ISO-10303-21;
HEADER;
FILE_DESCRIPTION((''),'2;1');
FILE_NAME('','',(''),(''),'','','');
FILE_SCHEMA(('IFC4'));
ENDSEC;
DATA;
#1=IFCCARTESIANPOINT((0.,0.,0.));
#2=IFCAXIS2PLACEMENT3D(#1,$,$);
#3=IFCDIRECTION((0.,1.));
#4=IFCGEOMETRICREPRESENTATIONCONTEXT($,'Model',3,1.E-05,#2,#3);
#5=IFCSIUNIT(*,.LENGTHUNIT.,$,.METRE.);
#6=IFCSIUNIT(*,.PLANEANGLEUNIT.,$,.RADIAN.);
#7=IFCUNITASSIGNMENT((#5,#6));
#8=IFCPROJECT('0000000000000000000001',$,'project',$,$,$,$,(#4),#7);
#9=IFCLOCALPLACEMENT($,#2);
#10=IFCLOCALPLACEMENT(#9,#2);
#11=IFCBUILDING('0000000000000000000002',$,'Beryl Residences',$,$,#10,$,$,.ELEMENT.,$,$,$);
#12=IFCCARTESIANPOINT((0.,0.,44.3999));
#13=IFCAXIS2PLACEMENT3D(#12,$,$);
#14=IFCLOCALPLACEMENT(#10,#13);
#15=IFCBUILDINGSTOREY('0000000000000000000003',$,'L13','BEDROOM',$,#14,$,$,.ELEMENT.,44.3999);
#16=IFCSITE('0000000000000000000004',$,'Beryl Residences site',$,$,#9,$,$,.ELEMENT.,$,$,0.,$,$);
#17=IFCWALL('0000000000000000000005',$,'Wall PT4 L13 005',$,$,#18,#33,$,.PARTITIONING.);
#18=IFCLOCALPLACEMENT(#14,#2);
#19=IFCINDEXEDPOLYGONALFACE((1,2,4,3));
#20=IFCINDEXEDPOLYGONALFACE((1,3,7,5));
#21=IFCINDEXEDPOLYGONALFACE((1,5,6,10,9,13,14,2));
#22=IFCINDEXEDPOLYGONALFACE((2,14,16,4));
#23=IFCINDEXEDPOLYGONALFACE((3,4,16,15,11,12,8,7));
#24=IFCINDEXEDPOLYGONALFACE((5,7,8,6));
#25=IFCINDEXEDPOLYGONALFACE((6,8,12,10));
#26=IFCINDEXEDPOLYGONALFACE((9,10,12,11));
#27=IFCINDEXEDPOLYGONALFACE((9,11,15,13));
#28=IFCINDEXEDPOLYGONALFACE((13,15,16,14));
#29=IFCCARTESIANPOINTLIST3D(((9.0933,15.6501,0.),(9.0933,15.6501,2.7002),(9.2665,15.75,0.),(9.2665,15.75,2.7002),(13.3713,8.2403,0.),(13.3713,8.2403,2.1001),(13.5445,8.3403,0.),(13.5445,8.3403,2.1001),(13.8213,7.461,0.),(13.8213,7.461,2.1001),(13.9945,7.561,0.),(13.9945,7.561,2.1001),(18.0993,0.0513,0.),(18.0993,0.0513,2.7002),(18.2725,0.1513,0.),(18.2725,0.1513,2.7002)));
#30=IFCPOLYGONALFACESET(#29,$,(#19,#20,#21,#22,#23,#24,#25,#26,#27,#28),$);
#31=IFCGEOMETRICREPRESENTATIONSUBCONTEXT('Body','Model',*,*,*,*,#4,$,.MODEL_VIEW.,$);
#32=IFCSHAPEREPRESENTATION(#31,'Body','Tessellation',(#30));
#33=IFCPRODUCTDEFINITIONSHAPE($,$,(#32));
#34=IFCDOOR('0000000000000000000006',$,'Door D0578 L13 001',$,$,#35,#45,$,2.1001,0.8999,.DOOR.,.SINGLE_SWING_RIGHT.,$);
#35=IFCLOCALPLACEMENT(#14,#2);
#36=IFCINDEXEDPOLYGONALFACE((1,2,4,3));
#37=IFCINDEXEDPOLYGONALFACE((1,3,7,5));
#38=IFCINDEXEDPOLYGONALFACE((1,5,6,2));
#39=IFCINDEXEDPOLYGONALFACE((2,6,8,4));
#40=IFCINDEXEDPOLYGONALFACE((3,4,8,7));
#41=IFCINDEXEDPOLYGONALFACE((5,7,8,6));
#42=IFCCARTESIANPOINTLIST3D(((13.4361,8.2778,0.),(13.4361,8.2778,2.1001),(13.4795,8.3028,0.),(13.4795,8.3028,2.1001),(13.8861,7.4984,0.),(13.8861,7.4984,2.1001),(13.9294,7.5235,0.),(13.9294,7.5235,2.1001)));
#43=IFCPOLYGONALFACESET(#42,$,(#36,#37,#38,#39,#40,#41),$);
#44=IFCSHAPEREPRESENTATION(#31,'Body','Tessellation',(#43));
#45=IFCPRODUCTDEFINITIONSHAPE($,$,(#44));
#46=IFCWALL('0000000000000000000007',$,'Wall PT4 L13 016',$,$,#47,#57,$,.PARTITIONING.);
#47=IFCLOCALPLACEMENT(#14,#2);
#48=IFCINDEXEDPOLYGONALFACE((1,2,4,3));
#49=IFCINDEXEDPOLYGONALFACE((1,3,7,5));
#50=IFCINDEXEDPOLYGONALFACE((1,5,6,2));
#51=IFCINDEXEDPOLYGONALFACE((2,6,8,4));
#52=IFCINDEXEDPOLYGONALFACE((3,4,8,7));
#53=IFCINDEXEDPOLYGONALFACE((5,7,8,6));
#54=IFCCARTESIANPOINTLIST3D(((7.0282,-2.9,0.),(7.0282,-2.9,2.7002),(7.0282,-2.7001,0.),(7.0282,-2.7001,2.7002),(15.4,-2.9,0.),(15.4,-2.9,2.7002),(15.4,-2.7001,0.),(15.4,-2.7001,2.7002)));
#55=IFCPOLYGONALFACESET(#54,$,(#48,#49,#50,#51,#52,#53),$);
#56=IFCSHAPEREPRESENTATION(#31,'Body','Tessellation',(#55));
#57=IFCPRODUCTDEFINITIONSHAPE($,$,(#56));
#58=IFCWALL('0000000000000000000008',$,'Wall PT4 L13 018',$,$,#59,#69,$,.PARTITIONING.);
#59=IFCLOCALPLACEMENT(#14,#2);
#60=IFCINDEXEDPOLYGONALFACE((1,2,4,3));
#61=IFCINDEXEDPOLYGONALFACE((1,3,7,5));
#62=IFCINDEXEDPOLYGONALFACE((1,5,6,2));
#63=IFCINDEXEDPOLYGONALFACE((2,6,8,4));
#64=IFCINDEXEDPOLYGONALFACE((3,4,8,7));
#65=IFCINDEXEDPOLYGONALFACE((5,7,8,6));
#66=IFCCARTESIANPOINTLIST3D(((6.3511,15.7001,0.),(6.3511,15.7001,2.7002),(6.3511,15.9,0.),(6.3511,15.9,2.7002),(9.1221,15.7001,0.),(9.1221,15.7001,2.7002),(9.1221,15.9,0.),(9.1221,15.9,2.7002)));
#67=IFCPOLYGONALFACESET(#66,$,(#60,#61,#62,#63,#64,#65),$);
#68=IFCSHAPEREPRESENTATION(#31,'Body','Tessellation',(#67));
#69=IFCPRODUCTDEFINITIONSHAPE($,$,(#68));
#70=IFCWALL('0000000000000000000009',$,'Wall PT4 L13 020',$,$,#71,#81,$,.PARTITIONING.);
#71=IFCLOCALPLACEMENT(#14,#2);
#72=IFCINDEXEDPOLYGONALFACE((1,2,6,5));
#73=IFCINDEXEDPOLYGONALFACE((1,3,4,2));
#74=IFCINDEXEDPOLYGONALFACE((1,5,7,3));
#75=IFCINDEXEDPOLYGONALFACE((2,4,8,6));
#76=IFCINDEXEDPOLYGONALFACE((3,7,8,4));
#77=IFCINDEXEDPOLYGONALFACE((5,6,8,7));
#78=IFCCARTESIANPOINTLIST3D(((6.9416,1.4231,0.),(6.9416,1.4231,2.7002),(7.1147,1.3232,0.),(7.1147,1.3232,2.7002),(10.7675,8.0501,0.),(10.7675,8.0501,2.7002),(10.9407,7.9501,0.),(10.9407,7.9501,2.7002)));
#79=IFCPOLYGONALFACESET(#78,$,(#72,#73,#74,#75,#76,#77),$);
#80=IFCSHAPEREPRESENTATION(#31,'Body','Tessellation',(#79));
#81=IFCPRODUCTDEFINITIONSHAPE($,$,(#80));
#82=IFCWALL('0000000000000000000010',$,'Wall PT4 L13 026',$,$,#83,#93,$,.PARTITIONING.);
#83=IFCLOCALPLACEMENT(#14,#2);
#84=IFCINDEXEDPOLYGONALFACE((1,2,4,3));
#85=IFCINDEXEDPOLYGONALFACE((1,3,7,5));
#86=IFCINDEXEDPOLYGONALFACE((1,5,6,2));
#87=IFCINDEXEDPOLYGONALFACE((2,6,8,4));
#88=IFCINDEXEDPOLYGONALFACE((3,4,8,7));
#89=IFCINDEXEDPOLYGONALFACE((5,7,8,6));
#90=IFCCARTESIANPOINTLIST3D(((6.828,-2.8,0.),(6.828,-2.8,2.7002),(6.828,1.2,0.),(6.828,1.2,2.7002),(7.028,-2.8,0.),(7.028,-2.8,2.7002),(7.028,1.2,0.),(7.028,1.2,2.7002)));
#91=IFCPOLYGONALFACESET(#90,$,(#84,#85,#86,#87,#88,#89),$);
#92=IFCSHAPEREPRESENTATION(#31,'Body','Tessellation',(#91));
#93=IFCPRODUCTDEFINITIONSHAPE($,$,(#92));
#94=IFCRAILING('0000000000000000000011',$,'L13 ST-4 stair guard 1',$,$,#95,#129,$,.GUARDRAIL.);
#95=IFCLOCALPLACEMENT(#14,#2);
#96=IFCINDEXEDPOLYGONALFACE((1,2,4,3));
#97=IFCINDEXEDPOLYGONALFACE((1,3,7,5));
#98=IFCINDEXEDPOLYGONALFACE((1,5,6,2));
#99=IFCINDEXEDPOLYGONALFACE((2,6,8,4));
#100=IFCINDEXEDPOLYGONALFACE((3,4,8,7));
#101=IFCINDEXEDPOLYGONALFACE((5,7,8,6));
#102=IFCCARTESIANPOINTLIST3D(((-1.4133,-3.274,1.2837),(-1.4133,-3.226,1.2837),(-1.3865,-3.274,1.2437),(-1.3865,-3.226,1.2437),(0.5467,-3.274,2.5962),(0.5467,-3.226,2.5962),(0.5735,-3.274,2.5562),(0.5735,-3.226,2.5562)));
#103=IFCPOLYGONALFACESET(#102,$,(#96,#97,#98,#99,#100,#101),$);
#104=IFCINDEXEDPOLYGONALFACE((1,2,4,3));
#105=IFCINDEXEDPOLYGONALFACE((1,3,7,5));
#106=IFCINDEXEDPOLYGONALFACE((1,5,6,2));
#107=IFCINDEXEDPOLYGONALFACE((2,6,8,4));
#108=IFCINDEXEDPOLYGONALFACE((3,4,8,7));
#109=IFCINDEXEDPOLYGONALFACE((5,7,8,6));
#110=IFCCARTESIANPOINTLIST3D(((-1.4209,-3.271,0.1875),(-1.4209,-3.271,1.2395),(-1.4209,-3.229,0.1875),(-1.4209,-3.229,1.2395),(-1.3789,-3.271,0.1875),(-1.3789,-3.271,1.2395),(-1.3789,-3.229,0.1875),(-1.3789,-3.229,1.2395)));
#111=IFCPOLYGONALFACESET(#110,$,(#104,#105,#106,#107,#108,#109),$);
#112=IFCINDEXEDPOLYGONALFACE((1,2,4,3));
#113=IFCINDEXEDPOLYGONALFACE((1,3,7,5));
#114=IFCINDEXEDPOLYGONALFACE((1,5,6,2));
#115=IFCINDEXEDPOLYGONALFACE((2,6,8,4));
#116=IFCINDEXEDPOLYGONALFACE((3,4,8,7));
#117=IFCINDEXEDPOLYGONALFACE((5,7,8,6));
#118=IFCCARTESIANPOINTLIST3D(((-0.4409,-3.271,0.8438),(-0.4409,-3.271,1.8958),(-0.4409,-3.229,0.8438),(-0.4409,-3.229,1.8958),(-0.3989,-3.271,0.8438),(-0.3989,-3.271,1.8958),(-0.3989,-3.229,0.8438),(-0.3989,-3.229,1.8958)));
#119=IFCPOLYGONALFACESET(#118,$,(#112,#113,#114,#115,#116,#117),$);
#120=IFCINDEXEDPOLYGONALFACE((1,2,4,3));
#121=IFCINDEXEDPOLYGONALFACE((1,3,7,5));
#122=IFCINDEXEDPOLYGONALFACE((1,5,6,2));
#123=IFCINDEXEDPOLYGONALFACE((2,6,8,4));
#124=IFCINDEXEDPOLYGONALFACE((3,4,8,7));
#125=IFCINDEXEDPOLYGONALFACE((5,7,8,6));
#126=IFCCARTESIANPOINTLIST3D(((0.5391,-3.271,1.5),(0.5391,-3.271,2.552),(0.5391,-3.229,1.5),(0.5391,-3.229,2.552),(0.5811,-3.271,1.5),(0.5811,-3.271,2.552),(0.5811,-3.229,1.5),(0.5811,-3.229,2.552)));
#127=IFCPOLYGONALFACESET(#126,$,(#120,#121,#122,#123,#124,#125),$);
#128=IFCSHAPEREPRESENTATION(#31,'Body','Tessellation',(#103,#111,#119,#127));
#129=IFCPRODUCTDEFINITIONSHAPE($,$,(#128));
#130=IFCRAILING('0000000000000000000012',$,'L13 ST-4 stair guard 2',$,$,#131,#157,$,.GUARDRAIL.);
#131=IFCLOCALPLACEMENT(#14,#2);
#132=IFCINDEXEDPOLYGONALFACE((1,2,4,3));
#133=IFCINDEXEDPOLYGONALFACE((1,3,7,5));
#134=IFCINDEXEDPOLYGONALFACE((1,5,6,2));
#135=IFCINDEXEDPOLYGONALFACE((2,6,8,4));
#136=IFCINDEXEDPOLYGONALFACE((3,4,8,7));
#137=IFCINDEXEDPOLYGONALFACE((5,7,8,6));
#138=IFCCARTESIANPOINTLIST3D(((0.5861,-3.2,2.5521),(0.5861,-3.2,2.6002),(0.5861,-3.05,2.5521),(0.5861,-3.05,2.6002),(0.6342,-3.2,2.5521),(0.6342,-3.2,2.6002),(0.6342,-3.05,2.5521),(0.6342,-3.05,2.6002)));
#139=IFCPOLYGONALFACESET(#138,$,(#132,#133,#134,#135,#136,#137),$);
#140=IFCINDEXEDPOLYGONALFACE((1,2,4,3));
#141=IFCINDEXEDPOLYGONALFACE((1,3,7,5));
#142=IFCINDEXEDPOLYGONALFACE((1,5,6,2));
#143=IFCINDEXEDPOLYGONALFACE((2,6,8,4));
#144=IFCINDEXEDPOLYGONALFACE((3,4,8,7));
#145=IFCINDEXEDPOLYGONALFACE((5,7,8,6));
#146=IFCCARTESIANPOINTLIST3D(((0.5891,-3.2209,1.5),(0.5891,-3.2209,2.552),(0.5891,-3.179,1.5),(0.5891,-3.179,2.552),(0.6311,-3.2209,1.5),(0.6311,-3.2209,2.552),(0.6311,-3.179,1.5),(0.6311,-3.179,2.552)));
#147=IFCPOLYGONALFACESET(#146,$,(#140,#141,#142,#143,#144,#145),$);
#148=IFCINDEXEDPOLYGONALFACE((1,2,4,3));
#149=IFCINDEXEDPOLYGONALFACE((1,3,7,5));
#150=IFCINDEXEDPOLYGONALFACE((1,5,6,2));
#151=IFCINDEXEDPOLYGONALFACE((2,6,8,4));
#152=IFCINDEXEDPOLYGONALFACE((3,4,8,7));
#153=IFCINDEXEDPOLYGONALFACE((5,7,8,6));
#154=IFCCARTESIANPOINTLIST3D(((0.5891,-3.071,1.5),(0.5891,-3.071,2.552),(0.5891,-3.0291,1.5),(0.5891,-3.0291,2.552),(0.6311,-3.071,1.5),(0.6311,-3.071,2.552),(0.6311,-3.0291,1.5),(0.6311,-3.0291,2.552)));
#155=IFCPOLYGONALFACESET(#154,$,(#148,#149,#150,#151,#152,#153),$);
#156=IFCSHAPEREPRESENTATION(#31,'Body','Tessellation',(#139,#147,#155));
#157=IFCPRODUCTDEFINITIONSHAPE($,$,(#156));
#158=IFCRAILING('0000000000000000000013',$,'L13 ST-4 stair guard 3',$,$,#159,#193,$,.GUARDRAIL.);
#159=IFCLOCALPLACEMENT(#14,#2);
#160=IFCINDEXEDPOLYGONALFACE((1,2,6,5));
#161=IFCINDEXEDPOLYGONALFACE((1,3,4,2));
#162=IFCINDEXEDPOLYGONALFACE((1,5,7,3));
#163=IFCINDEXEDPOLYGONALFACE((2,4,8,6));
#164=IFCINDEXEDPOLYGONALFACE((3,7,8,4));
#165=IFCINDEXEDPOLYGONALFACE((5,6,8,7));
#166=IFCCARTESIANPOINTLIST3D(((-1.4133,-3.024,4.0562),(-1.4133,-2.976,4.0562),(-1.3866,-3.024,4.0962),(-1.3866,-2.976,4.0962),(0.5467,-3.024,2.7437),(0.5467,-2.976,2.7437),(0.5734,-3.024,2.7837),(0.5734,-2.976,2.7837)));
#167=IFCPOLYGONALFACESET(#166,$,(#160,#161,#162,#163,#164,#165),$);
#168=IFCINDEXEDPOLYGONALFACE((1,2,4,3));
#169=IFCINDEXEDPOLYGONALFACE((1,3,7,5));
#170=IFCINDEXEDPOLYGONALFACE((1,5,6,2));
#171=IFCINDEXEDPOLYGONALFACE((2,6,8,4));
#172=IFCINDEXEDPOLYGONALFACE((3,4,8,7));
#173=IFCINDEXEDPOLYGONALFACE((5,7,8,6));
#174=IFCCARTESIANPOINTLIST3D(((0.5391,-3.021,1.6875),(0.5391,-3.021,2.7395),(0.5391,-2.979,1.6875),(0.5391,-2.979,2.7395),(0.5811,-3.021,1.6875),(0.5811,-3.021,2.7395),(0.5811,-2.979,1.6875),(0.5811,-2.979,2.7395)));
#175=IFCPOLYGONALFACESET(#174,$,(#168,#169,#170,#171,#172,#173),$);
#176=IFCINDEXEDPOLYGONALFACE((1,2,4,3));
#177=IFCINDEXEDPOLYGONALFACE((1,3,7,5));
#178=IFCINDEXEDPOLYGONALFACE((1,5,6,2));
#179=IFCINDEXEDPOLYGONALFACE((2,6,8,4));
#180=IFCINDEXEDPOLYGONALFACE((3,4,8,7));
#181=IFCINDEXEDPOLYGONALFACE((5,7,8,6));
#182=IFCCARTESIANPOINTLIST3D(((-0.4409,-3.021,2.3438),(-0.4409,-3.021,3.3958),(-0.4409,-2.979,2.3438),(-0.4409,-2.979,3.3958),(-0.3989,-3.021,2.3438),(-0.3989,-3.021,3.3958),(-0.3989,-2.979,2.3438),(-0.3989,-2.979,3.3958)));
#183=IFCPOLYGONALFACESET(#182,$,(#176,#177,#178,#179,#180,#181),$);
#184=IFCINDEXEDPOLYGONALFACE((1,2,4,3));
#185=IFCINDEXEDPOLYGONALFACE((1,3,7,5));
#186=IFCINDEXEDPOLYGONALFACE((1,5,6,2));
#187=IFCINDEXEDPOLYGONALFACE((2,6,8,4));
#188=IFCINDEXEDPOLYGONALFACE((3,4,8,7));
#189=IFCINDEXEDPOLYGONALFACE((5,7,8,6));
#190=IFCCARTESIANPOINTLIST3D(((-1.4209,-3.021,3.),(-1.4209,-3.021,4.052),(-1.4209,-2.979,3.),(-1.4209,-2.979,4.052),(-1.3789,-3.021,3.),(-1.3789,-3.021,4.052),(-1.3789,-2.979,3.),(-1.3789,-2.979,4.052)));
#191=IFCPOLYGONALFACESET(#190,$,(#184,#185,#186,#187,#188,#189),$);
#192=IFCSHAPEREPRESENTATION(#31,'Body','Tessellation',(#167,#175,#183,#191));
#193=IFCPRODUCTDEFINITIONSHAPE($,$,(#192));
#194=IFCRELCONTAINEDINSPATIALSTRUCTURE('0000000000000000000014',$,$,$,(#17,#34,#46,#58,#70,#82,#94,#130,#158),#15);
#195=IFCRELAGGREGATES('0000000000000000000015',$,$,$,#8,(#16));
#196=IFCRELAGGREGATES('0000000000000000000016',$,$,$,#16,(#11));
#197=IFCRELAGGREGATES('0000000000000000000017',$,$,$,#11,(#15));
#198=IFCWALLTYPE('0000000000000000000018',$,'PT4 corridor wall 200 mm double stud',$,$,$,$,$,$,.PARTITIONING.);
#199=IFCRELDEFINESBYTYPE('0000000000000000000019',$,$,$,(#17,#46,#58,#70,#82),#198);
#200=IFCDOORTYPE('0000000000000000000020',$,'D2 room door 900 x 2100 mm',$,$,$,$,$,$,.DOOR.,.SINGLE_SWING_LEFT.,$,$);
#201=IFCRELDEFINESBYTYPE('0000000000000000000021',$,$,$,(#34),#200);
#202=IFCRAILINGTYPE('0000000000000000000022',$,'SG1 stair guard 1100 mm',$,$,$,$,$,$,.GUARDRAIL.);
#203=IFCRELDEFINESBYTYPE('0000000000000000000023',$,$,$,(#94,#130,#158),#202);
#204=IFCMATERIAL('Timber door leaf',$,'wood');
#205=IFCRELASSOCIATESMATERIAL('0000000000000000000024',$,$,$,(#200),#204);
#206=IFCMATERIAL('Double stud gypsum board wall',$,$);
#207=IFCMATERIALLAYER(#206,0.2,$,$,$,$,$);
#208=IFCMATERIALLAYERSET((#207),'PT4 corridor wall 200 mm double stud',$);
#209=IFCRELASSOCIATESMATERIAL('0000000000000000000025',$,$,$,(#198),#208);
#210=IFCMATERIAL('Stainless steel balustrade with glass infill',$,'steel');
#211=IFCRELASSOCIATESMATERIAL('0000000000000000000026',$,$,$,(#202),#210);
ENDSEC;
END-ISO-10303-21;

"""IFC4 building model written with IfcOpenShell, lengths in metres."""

from ifc_helpers import new_model, si_unit, direction, frame, frame_2d, origin, origin_2d, place, context, subcontext, project, spatial, rectangle, extrude, material, layer, layer_set, type_object, element, fill, save


model = new_model("IFC4")

# Units and contexts
model_context = context("Model", 3, precision=1e-05, world=origin(), true_north=direction((0.0, 1.0)))
body_context = subcontext(model_context, "Body", "Model", "MODEL_VIEW")
ifc_project = project(units=[si_unit("LENGTHUNIT", "METRE"), si_unit("PLANEANGLEUNIT", "RADIAN")], contexts=[model_context])

# Site, building, storey
site_placement = place(None, origin())
site = spatial("IfcSite", under=ifc_project, at=site_placement, Name="Beryl Residences site", CompositionType="ELEMENT", RefElevation=0.0)
building_placement = place(site_placement, origin())
building = spatial("IfcBuilding", under=site, at=building_placement, Name="Beryl Residences", CompositionType="ELEMENT")
storey_placement = place(building_placement, frame((0.0, 0.0, 44.3999)))
storey = spatial("IfcBuildingStorey", under=building, at=storey_placement, Name="L13", Description="BEDROOM", CompositionType="ELEMENT", Elevation=44.3999)

# Shared definitions
ifc_material_1 = material(Name="Timber door leaf", Category="wood")
door_type_1 = type_object("IfcDoorType", Name="D2 room door 900 x 2100 mm", OperationType="SINGLE_SWING_LEFT", PredefinedType="DOOR", material=ifc_material_1)

# Shared definitions
ifc_material_2 = material(Name="Double stud gypsum board wall")
ifc_layer_1 = layer(ifc_material_2, 0.2)
ifc_layer_set_1 = layer_set([ifc_layer_1], Name="PT4 corridor wall 200 mm double stud")
wall_type_1 = type_object("IfcWallType", Name="PT4 corridor wall 200 mm double stud", PredefinedType="PARTITIONING", material=ifc_layer_set_1)

# Wall, opening, door
wall_1_placement = place(storey_placement, frame((9.1799, 15.7, 0.0), z_axis=(0.0, 0.0, 1.0), x_axis=(0.500004, -0.866023, 0.0)))
wall_1 = element("IfcWall", 1, at=wall_1_placement, inside=storey, type_object=wall_type_1, Name="Wall PT4 L13 005", PredefinedType="PARTITIONING", context=body_context, shape_type="SweptSolid", body=[
    extrude(rectangle(XDim=18.012, YDim=0.2, at=frame_2d((9.0059, 0.0))), origin(), (0.0, 0.0, 1.0), 2.7002),
])
opening_1_placement = place(wall_1_placement, frame((8.5559, 0.0, 0.0)))
opening_1 = element("IfcOpeningElement", 2, at=opening_1_placement, cuts=wall_1, PredefinedType="OPENING", context=body_context, shape_type="SweptSolid", body=[
    extrude(rectangle(XDim=0.8999, YDim=2.1001, at=frame_2d((0.45, 1.05))), frame((0.0, 0.1099, 0.0), z_axis=(0.0, -1.0, 0.0), x_axis=(1.0, 0.0, 0.0)), (0.0, 0.0, 1.0), 0.22),
])
door_1_placement = place(opening_1_placement, origin())
door_1 = element("IfcDoor", 3, at=door_1_placement, inside=storey, type_object=door_type_1, Name="Door D0578 L13 001", OperationType="SINGLE_SWING_RIGHT", OverallHeight=2.1001, OverallWidth=0.8999, PredefinedType="DOOR", context=body_context, shape_type="SweptSolid", body=[
    extrude(rectangle(XDim=0.8999, YDim=2.1001, at=frame_2d((0.45, 1.05))), frame((0.0, 0.0249, 0.0), z_axis=(0.0, -1.0, 0.0), x_axis=(1.0, 0.0, 0.0)), (0.0, 0.0, 1.0), 0.05),
])
fill(opening_1, door_1)

# Walls
wall_2_placement = place(storey_placement, frame((7.0281, -2.8, 0.0), z_axis=(0.0, 0.0, 1.0), x_axis=(1.0, 0.0, 0.0)))
element("IfcWall", 4, at=wall_2_placement, inside=storey, type_object=wall_type_1, Name="Wall PT4 L13 016", PredefinedType="PARTITIONING", context=body_context, shape_type="SweptSolid", body=[
    extrude(rectangle(XDim=8.3718, YDim=0.2, at=frame_2d((4.186, 0.0))), origin(), (0.0, 0.0, 1.0), 2.7002),
])
wall_3_placement = place(storey_placement, frame((6.3511, 15.8, 0.0), z_axis=(0.0, 0.0, 1.0), x_axis=(1.0, 0.0, 0.0)))
element("IfcWall", 5, at=wall_3_placement, inside=storey, type_object=wall_type_1, Name="Wall PT4 L13 018", PredefinedType="PARTITIONING", context=body_context, shape_type="SweptSolid", body=[
    extrude(rectangle(XDim=2.771, YDim=0.2, at=frame_2d((1.3855, 0.0))), origin(), (0.0, 0.0, 1.0), 2.7002),
])
wall_4_placement = place(storey_placement, frame((7.0281, 1.373, 0.0), z_axis=(0.0, 0.0, 1.0), x_axis=(0.499986, 0.866034, 0.0)))
element("IfcWall", 6, at=wall_4_placement, inside=storey, type_object=wall_type_1, Name="Wall PT4 L13 020", PredefinedType="PARTITIONING", context=body_context, shape_type="SweptSolid", body=[
    extrude(rectangle(XDim=7.6521, YDim=0.2, at=frame_2d((3.8262, 0.0))), origin(), (0.0, 0.0, 1.0), 2.7002),
])
wall_5_placement = place(storey_placement, frame((6.928, -2.8, 0.0), z_axis=(0.0, 0.0, 1.0), x_axis=(0.0, 1.0, 0.0)))
element("IfcWall", 7, at=wall_5_placement, inside=storey, type_object=wall_type_1, Name="Wall PT4 L13 026", PredefinedType="PARTITIONING", context=body_context, shape_type="SweptSolid", body=[
    extrude(rectangle(XDim=4.0, YDim=0.2, at=frame_2d((2.0, 0.0))), origin(), (0.0, 0.0, 1.0), 2.7002),
])

# Railings
ifc_material_3 = material(Name="Stainless steel balustrade with glass infill", Category="steel")
railing_type_1 = type_object("IfcRailingType", Name="SG1 stair guard 1100 mm", PredefinedType="GUARDRAIL", material=ifc_material_3)
railing_1_placement = place(storey_placement, frame((-1.3999, -3.25, 0.1875)))
element("IfcRailing", 8, at=railing_1_placement, inside=storey, type_object=railing_type_1, Name="L13 ST-4 stair guard 1", PredefinedType="GUARDRAIL", context=body_context, shape_type="SweptSolid", body=[
    extrude(rectangle(XDim=0.0481, YDim=0.0481, at=origin_2d()), frame((0.0, 0.0, 1.0762), z_axis=(0.830902, 0.0, 0.556419), x_axis=(0.0, 1.0, 0.0)), (0.0, 0.0, 1.0), 2.3589),
    extrude(rectangle(XDim=0.042, YDim=0.042, at=origin_2d()), origin(), (0.0, 0.0, 1.0), 1.052),
    extrude(rectangle(XDim=0.042, YDim=0.042, at=origin_2d()), frame((0.98, 0.0, 0.6562)), (0.0, 0.0, 1.0), 1.052),
    extrude(rectangle(XDim=0.042, YDim=0.042, at=origin_2d()), frame((1.96, 0.0, 1.3125)), (0.0, 0.0, 1.0), 1.052),
])
railing_2_placement = place(storey_placement, frame((0.6101, -3.2, 1.5)))
element("IfcRailing", 9, at=railing_2_placement, inside=storey, type_object=railing_type_1, Name="L13 ST-4 stair guard 2", PredefinedType="GUARDRAIL", context=body_context, shape_type="SweptSolid", body=[
    extrude(rectangle(XDim=0.0481, YDim=0.0481, at=origin_2d()), frame((0.0, 0.0, 1.0762), z_axis=(0.0, 1.0, 0.0), x_axis=(-1.0, 0.0, 0.0)), (0.0, 0.0, 1.0), 0.1499),
    extrude(rectangle(XDim=0.042, YDim=0.042, at=origin_2d()), origin(), (0.0, 0.0, 1.0), 1.052),
    extrude(rectangle(XDim=0.042, YDim=0.042, at=origin_2d()), frame((0.0, 0.1499, 0.0)), (0.0, 0.0, 1.0), 1.052),
])
railing_3_placement = place(storey_placement, frame((0.5601, -3.0, 1.6875)))
element("IfcRailing", 10, at=railing_3_placement, inside=storey, type_object=railing_type_1, Name="L13 ST-4 stair guard 3", PredefinedType="GUARDRAIL", context=body_context, shape_type="SweptSolid", body=[
    extrude(rectangle(XDim=0.0481, YDim=0.0481, at=origin_2d()), frame((0.0, 0.0, 1.0762), z_axis=(-0.830902, 0.0, 0.556419), x_axis=(0.0, -1.0, 0.0)), (0.0, 0.0, 1.0), 2.3589),
    extrude(rectangle(XDim=0.042, YDim=0.042, at=origin_2d()), origin(), (0.0, 0.0, 1.0), 1.052),
    extrude(rectangle(XDim=0.042, YDim=0.042, at=origin_2d()), frame((-0.98, 0.0, 0.6562)), (0.0, 0.0, 1.0), 1.052),
    extrude(rectangle(XDim=0.042, YDim=0.042, at=origin_2d()), frame((-1.96, 0.0, 1.3125)), (0.0, 0.0, 1.0), 1.052),
])

save(model, "model.ifc")
